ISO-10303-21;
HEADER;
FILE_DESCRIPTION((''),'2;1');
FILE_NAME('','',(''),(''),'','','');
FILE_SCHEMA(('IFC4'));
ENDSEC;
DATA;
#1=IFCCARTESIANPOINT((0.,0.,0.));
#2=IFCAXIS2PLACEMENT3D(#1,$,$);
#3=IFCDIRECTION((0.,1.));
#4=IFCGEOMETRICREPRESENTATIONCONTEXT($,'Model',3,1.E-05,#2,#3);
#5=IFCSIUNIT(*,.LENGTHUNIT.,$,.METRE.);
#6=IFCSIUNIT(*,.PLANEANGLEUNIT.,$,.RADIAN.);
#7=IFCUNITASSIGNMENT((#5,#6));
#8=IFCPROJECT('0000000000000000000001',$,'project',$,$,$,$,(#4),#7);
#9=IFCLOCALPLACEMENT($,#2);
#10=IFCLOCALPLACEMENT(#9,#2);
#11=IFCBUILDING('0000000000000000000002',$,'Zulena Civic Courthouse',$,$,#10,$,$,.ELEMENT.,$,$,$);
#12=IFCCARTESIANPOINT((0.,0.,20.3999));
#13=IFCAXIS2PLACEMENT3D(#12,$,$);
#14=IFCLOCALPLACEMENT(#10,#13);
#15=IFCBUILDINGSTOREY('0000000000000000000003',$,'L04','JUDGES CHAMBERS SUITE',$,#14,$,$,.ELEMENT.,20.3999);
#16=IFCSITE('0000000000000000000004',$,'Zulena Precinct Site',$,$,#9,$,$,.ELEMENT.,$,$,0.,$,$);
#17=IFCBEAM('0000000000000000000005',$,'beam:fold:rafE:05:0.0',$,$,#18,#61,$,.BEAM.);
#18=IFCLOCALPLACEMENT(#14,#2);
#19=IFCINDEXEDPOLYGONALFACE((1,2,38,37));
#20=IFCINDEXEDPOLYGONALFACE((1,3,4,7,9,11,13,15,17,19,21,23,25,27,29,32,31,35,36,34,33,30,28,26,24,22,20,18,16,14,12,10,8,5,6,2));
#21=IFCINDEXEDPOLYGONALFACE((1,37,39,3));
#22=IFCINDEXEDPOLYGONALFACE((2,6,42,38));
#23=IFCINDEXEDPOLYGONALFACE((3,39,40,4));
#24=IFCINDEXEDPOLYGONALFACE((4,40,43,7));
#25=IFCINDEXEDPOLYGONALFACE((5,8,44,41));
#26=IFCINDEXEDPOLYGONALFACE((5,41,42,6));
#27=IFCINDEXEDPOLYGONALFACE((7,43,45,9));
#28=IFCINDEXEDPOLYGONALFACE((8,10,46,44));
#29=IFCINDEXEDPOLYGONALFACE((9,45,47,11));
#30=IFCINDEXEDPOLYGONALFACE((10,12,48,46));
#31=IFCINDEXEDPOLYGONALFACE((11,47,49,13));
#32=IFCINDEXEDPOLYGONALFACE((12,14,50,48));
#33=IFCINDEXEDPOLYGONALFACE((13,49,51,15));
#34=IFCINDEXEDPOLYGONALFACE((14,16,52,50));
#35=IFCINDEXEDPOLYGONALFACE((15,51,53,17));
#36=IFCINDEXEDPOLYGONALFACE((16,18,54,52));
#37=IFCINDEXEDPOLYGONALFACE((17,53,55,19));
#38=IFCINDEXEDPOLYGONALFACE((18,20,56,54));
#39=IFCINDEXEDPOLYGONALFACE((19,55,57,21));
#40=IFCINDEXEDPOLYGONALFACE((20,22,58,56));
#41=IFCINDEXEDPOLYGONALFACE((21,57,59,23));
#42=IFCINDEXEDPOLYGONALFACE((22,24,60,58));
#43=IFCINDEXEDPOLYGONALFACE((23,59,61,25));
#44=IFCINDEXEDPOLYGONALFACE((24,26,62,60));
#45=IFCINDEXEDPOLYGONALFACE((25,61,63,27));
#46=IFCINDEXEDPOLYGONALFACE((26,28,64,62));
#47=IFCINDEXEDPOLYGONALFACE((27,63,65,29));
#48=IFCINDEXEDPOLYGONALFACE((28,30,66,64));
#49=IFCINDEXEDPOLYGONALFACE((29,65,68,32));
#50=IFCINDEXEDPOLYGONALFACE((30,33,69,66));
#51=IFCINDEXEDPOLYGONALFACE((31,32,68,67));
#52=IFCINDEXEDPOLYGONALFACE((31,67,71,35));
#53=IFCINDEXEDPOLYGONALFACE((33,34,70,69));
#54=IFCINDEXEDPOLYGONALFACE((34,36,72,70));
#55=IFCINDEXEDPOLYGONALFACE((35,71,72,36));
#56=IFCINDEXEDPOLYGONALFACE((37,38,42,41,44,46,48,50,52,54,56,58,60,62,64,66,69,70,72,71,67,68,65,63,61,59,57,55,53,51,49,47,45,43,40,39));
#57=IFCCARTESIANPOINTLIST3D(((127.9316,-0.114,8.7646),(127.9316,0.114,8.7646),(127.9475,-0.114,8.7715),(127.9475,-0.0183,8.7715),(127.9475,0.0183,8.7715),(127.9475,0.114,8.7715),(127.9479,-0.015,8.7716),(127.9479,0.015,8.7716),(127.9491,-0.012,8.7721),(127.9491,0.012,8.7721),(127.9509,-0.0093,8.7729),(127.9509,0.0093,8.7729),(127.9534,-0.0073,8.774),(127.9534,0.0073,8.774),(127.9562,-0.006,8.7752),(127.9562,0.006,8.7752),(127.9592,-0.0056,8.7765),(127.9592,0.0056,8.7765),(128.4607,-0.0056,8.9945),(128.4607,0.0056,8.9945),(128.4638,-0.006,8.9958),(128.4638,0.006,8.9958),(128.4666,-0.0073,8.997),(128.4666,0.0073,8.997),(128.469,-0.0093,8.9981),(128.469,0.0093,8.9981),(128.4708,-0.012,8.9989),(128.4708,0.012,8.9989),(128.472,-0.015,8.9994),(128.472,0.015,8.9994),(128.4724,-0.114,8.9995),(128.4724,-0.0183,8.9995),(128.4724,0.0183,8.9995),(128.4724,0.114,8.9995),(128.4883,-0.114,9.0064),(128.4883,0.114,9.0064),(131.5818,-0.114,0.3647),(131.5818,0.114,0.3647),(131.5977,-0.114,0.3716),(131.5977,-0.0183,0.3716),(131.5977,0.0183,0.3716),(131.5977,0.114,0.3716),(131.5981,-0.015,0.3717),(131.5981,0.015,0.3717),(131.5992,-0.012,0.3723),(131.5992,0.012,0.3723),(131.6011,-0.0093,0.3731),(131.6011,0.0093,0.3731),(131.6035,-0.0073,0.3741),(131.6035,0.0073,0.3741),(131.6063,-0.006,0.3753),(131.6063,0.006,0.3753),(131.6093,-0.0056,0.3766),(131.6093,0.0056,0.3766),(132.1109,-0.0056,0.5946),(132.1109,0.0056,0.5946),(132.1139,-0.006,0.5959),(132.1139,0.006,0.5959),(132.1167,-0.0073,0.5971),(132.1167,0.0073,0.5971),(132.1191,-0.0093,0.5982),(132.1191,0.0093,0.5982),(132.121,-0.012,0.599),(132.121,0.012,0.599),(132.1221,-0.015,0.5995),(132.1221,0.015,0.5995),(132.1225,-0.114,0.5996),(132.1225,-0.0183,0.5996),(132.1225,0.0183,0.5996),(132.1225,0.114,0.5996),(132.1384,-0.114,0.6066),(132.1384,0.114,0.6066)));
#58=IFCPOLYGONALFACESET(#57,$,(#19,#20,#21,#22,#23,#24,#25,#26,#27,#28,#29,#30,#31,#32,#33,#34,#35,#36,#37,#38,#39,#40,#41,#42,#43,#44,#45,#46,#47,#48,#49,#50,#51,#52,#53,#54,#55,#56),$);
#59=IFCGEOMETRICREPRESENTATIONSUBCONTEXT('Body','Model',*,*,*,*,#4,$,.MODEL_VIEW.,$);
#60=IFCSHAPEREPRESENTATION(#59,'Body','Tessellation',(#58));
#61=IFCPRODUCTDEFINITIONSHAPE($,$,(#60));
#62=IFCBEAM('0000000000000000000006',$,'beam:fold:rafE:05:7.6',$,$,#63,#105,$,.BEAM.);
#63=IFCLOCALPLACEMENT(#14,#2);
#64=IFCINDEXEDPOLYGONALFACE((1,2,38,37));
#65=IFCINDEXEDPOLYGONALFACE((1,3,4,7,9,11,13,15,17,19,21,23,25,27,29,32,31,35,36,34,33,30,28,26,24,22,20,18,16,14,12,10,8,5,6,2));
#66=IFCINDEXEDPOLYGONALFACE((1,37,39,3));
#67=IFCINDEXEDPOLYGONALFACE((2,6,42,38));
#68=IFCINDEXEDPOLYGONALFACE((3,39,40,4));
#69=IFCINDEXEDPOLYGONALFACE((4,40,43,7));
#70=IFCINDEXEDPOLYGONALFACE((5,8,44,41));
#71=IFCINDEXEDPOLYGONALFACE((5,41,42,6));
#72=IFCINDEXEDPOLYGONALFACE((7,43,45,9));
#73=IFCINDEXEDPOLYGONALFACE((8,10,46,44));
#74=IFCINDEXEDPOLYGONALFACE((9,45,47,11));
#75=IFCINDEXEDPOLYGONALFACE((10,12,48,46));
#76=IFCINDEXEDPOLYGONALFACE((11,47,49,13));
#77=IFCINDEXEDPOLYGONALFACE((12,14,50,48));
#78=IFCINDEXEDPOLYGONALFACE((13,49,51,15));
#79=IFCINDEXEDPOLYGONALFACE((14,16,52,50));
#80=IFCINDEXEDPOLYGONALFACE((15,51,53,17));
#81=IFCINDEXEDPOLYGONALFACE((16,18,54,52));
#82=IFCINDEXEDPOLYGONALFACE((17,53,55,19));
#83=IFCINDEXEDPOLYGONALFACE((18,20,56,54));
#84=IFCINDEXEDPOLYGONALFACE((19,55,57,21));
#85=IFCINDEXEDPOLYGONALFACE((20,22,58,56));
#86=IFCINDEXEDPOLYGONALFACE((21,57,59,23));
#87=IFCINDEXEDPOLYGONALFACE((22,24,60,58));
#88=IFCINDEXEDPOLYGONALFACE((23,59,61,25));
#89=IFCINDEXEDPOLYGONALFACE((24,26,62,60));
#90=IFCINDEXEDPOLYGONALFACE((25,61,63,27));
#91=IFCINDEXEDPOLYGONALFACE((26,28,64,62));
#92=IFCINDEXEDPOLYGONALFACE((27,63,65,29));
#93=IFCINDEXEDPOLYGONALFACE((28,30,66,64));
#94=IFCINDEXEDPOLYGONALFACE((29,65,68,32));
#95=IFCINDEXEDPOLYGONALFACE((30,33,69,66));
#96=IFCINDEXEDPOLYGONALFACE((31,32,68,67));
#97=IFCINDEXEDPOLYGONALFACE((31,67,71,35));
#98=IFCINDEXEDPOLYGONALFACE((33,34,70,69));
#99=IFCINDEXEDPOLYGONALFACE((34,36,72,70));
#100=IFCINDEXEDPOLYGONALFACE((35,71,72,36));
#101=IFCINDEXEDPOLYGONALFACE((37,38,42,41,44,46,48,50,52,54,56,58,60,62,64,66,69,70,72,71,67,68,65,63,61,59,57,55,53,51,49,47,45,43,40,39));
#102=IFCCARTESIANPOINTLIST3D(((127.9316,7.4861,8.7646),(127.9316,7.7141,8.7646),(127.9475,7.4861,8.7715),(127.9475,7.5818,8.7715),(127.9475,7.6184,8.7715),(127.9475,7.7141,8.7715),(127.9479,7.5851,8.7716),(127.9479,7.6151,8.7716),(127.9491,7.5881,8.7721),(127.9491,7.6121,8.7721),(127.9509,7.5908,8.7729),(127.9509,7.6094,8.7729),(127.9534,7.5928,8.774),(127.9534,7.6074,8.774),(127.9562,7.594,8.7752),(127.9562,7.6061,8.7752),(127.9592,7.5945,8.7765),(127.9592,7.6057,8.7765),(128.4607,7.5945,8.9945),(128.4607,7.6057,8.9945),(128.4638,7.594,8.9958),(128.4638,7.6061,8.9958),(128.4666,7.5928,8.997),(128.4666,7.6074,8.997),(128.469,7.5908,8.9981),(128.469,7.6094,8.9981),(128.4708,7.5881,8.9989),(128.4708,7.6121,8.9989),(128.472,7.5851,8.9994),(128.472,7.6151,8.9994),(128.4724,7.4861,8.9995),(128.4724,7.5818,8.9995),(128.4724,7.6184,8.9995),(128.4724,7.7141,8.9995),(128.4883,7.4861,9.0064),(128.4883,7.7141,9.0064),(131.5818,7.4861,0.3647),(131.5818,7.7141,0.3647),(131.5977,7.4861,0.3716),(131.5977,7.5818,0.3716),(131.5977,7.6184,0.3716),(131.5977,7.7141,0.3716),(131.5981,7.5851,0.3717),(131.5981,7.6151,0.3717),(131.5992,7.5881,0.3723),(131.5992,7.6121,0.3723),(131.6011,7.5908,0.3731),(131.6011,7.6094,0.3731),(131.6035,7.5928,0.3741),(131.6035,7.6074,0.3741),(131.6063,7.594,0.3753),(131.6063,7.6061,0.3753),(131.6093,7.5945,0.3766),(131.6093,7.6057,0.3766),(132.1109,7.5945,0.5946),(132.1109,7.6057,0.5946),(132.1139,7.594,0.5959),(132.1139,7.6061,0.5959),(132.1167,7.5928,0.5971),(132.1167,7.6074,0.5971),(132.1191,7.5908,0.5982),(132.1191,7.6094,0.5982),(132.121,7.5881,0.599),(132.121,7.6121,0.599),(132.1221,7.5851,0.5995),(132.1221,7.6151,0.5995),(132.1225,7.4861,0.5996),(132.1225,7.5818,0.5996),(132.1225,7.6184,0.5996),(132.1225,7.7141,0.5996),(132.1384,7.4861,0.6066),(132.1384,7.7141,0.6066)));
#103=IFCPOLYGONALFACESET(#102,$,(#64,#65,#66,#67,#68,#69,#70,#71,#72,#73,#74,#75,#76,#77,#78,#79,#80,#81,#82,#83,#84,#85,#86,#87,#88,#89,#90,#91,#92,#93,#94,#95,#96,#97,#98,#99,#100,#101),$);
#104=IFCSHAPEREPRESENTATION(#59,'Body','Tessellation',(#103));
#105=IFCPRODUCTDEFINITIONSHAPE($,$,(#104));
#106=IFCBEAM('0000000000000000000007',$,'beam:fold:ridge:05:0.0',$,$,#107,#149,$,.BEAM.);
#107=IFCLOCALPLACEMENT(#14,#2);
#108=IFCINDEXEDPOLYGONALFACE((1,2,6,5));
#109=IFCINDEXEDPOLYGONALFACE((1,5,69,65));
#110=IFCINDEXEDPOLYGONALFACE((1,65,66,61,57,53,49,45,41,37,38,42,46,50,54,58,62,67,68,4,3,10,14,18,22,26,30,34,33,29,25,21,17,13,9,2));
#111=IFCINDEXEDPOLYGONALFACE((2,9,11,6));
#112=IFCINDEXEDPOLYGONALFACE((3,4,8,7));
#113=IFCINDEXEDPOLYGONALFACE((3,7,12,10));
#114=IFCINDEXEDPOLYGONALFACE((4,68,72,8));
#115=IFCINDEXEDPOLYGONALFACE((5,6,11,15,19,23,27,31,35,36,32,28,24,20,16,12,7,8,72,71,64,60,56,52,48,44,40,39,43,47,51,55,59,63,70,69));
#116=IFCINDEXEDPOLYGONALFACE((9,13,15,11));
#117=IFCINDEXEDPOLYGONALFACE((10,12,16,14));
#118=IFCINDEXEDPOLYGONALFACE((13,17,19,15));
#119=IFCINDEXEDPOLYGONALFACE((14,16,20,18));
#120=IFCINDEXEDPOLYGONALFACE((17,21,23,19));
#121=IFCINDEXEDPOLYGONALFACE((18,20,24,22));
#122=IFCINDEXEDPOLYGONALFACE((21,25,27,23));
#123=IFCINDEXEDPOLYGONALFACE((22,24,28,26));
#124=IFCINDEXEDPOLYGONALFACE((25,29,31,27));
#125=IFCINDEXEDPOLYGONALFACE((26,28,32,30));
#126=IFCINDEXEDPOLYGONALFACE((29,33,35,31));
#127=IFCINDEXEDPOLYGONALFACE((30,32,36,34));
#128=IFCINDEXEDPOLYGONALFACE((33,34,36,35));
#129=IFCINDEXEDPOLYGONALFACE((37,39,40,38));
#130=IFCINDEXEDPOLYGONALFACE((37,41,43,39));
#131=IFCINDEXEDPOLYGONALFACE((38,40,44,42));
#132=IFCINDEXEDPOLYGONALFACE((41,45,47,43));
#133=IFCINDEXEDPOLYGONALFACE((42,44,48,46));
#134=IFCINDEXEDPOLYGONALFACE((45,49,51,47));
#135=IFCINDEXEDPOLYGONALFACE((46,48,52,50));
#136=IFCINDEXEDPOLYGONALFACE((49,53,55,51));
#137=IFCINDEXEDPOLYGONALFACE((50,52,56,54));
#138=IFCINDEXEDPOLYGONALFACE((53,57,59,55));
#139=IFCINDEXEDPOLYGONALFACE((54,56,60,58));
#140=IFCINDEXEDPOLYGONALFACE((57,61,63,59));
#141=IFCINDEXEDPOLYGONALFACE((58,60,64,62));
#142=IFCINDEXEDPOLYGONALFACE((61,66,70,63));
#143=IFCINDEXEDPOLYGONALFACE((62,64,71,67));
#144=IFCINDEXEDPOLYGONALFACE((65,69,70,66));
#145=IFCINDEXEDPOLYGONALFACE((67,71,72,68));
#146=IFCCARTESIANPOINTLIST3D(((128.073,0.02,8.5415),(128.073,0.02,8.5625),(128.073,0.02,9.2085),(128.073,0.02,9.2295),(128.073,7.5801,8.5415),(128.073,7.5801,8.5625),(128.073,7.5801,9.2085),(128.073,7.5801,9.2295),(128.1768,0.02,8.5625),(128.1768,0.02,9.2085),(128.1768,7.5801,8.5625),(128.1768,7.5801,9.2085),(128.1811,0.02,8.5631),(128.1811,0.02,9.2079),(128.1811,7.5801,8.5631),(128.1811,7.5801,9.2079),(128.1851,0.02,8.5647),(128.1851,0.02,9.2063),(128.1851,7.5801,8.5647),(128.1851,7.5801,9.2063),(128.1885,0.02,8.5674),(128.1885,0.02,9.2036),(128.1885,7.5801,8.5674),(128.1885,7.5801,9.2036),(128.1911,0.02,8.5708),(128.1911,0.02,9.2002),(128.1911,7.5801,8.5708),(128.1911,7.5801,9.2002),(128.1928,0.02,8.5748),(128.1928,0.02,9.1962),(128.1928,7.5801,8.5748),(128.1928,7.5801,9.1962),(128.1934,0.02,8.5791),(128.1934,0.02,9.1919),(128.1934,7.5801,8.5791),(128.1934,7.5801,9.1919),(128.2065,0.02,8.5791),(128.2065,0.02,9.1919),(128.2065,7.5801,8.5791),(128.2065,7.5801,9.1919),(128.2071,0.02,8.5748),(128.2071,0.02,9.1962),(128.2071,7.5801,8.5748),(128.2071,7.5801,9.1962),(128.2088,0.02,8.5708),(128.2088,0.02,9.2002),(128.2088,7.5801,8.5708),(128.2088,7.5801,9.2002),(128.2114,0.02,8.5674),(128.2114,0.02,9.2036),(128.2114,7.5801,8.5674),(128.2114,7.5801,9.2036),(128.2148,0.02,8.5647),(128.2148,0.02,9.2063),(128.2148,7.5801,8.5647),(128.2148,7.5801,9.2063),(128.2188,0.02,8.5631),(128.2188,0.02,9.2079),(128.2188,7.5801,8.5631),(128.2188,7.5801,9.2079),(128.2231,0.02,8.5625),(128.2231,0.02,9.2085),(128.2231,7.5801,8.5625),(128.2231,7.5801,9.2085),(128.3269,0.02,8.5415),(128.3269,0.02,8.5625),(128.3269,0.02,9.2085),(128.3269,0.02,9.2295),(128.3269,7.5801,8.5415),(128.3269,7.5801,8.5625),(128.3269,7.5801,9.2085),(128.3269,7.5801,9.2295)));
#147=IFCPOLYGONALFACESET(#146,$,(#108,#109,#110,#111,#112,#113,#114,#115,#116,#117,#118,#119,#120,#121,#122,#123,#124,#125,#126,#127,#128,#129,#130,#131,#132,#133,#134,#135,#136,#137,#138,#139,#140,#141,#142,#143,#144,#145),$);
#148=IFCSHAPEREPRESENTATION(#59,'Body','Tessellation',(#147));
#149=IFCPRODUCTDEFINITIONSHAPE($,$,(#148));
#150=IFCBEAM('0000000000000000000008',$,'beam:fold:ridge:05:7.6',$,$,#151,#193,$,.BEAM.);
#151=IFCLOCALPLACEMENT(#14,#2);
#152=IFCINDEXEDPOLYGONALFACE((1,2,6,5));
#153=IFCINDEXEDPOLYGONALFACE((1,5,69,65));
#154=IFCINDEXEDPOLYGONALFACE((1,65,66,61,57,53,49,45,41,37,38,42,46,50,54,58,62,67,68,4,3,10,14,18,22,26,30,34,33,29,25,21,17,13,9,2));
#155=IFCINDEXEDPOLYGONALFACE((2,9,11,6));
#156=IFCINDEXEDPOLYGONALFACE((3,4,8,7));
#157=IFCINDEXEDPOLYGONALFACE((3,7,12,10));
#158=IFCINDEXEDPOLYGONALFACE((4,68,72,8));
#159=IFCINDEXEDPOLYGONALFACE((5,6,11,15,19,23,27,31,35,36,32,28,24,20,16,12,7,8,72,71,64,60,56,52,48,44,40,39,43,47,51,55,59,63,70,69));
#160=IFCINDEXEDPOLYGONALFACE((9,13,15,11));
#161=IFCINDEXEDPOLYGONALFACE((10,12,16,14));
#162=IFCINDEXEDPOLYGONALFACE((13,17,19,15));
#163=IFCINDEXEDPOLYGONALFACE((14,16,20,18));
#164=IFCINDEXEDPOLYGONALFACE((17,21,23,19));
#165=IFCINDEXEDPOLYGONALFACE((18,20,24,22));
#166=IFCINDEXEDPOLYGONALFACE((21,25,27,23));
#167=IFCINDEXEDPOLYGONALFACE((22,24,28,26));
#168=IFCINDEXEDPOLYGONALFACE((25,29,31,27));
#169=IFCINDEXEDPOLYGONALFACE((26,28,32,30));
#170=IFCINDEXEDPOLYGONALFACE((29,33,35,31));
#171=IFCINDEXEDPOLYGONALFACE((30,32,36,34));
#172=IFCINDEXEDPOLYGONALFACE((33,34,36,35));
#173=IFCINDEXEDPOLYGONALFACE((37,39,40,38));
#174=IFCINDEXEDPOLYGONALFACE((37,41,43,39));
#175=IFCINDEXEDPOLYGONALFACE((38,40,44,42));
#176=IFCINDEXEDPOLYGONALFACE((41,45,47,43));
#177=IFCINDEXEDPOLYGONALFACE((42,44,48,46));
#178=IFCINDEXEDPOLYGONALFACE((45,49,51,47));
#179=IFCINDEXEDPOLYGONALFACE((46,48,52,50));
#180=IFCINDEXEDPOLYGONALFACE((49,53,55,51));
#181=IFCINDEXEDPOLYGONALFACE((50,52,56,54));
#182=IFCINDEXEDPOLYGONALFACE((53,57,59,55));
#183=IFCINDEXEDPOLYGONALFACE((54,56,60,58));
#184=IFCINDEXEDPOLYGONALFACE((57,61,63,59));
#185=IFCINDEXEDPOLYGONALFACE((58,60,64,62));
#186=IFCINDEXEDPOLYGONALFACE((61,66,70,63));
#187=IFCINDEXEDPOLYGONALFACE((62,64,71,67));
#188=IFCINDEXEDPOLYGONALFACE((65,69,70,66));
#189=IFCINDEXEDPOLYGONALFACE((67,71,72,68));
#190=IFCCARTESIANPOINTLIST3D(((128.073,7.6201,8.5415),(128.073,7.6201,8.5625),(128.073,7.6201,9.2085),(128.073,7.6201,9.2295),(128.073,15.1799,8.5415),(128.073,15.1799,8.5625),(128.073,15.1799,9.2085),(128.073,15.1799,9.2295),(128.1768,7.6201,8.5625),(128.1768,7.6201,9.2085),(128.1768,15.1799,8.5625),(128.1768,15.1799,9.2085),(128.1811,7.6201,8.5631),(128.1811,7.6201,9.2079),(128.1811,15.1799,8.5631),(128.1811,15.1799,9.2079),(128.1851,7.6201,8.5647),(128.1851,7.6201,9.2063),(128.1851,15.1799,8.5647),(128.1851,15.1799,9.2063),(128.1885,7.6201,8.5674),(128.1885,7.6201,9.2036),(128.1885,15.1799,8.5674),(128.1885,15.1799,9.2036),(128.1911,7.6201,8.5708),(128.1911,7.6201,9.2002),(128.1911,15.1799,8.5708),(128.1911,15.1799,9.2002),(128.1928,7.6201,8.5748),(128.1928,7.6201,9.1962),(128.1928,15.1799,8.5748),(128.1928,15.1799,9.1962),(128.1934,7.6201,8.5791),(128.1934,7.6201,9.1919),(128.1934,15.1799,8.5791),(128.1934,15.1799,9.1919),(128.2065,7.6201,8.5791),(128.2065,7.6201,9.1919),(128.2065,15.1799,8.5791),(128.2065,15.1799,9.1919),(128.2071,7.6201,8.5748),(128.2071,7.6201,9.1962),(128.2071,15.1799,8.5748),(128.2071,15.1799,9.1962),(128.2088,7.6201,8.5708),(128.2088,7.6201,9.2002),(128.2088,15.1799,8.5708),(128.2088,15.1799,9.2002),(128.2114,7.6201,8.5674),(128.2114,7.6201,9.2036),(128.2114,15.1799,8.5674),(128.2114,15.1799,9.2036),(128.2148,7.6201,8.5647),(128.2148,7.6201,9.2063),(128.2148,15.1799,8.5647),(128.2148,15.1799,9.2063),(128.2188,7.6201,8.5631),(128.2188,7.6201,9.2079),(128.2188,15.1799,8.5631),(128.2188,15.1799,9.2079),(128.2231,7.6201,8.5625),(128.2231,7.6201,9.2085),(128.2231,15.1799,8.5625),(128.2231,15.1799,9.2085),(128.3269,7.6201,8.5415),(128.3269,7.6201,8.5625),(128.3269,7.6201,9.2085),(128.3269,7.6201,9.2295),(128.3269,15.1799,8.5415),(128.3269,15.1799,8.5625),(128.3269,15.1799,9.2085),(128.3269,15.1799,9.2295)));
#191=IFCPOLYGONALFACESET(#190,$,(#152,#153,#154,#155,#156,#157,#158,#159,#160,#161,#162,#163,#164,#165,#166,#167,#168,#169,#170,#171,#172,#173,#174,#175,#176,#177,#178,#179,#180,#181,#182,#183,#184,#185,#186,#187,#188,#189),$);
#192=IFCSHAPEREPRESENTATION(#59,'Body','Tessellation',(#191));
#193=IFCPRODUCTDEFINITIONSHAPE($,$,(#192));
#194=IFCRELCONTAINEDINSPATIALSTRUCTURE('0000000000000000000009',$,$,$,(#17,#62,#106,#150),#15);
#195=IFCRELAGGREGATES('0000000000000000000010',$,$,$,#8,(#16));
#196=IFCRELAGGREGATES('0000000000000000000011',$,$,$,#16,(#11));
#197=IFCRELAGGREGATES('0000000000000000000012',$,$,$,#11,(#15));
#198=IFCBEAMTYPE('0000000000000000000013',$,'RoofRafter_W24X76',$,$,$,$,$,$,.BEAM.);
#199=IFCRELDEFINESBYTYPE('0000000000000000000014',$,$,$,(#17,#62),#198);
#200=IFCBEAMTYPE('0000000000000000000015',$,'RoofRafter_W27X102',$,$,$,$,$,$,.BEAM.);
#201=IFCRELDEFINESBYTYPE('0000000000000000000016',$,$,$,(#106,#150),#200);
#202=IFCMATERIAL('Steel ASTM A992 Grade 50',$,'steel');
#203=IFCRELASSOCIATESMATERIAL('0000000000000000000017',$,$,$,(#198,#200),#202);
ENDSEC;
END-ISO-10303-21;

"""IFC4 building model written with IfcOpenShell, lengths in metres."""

from ifc_helpers import new_model, si_unit, direction, frame, origin, origin_2d, place, context, subcontext, project, spatial, i_section, extrude, material, material_profile, profile_set, type_object, element, save


model = new_model("IFC4")

# Units and contexts
model_context = context("Model", 3, precision=1e-05, world=origin(), true_north=direction((0.0, 1.0)))
body_context = subcontext(model_context, "Body", "Model", "MODEL_VIEW")
ifc_project = project(units=[si_unit("LENGTHUNIT", "METRE"), si_unit("PLANEANGLEUNIT", "RADIAN")], contexts=[model_context])

# Site, building, storey
site_placement = place(None, origin())
site = spatial("IfcSite", under=ifc_project, at=site_placement, Name="Zulena Precinct Site", CompositionType="ELEMENT", RefElevation=0.0)
building_placement = place(site_placement, origin())
building = spatial("IfcBuilding", under=site, at=building_placement, Name="Zulena Civic Courthouse", CompositionType="ELEMENT")
storey_placement = place(building_placement, frame((0.0, 0.0, 20.3999)))
storey = spatial("IfcBuildingStorey", under=building, at=storey_placement, Name="L04", Description="JUDGES CHAMBERS SUITE", CompositionType="ELEMENT", Elevation=20.3999)

# Beams
ifc_material_1 = material(Name="Steel ASTM A992 Grade 50", Category="steel")
ifc_material_profile_1 = material_profile(ifc_material_1, i_section(OverallWidth=0.228, OverallDepth=0.6069, WebThickness=0.0112, FlangeThickness=0.0173, FilletRadius=0.0127, at=origin_2d()), Name="W24X76")
ifc_profile_set_1 = profile_set([ifc_material_profile_1], Name="Steel ASTM A992 Grade 50")
beam_type_1 = type_object("IfcBeamType", Name="RoofRafter_W24X76", PredefinedType="BEAM", material=ifc_profile_set_1)
for number, where, z_axis, x_axis, name in (
    (1, (128.21, 0.0, 8.8855), (0.398544, 0.0, -0.917149), (0.0, 1.0, 0.0), "beam:fold:rafE:05:0.0"),
    (2, (128.21, 7.6001, 8.8855), (0.398544, 0.0, -0.917149), (0.0, 1.0, 0.0), "beam:fold:rafE:05:7.6"),
):
    element("IfcBeam", number, at=place(storey_placement, frame(where, z_axis=z_axis, x_axis=x_axis)), inside=storey, type_object=beam_type_1, Name=name, PredefinedType="BEAM", context=body_context, shape_type="SweptSolid", body=[
        extrude(i_section(OverallWidth=0.228, OverallDepth=0.6069, WebThickness=0.0112, FlangeThickness=0.0173, FilletRadius=0.0127, at=origin_2d()), origin(), (0.0, 0.0, 1.0), 9.1587),
    ])
ifc_material_profile_2 = material_profile(ifc_material_1, i_section(OverallWidth=0.2539, OverallDepth=0.688, WebThickness=0.0132, FlangeThickness=0.021, FilletRadius=0.0166, at=origin_2d()), Name="W27X102")
ifc_profile_set_2 = profile_set([ifc_material_profile_2], Name="Steel ASTM A992 Grade 50")
beam_type_2 = type_object("IfcBeamType", Name="RoofRafter_W27X102", PredefinedType="BEAM", material=ifc_profile_set_2)
beam_1_placement = place(storey_placement, frame((128.2, 0.02, 8.8855), z_axis=(0.0, 1.0, 0.0), x_axis=(-1.0, 0.0, 0.0)))
element("IfcBeam", 3, at=beam_1_placement, inside=storey, type_object=beam_type_2, Name="beam:fold:ridge:05:0.0", PredefinedType="BEAM", context=body_context, shape_type="SweptSolid", body=[
    extrude(i_section(OverallWidth=0.2539, OverallDepth=0.688, WebThickness=0.0132, FlangeThickness=0.021, FilletRadius=0.0166, at=origin_2d()), origin(), (0.0, 0.0, 1.0), 7.5601),
])
beam_2_placement = place(storey_placement, frame((128.2, 7.6201, 8.8855), z_axis=(0.0, 1.0, 0.0), x_axis=(-1.0, 0.0, 0.0)))
element("IfcBeam", 4, at=beam_2_placement, inside=storey, type_object=beam_type_2, Name="beam:fold:ridge:05:7.6", PredefinedType="BEAM", context=body_context, shape_type="SweptSolid", body=[
    extrude(i_section(OverallWidth=0.2539, OverallDepth=0.688, WebThickness=0.0132, FlangeThickness=0.021, FilletRadius=0.0166, at=origin_2d()), origin(), (0.0, 0.0, 1.0), 7.5598),
])

save(model, "model.ifc")
